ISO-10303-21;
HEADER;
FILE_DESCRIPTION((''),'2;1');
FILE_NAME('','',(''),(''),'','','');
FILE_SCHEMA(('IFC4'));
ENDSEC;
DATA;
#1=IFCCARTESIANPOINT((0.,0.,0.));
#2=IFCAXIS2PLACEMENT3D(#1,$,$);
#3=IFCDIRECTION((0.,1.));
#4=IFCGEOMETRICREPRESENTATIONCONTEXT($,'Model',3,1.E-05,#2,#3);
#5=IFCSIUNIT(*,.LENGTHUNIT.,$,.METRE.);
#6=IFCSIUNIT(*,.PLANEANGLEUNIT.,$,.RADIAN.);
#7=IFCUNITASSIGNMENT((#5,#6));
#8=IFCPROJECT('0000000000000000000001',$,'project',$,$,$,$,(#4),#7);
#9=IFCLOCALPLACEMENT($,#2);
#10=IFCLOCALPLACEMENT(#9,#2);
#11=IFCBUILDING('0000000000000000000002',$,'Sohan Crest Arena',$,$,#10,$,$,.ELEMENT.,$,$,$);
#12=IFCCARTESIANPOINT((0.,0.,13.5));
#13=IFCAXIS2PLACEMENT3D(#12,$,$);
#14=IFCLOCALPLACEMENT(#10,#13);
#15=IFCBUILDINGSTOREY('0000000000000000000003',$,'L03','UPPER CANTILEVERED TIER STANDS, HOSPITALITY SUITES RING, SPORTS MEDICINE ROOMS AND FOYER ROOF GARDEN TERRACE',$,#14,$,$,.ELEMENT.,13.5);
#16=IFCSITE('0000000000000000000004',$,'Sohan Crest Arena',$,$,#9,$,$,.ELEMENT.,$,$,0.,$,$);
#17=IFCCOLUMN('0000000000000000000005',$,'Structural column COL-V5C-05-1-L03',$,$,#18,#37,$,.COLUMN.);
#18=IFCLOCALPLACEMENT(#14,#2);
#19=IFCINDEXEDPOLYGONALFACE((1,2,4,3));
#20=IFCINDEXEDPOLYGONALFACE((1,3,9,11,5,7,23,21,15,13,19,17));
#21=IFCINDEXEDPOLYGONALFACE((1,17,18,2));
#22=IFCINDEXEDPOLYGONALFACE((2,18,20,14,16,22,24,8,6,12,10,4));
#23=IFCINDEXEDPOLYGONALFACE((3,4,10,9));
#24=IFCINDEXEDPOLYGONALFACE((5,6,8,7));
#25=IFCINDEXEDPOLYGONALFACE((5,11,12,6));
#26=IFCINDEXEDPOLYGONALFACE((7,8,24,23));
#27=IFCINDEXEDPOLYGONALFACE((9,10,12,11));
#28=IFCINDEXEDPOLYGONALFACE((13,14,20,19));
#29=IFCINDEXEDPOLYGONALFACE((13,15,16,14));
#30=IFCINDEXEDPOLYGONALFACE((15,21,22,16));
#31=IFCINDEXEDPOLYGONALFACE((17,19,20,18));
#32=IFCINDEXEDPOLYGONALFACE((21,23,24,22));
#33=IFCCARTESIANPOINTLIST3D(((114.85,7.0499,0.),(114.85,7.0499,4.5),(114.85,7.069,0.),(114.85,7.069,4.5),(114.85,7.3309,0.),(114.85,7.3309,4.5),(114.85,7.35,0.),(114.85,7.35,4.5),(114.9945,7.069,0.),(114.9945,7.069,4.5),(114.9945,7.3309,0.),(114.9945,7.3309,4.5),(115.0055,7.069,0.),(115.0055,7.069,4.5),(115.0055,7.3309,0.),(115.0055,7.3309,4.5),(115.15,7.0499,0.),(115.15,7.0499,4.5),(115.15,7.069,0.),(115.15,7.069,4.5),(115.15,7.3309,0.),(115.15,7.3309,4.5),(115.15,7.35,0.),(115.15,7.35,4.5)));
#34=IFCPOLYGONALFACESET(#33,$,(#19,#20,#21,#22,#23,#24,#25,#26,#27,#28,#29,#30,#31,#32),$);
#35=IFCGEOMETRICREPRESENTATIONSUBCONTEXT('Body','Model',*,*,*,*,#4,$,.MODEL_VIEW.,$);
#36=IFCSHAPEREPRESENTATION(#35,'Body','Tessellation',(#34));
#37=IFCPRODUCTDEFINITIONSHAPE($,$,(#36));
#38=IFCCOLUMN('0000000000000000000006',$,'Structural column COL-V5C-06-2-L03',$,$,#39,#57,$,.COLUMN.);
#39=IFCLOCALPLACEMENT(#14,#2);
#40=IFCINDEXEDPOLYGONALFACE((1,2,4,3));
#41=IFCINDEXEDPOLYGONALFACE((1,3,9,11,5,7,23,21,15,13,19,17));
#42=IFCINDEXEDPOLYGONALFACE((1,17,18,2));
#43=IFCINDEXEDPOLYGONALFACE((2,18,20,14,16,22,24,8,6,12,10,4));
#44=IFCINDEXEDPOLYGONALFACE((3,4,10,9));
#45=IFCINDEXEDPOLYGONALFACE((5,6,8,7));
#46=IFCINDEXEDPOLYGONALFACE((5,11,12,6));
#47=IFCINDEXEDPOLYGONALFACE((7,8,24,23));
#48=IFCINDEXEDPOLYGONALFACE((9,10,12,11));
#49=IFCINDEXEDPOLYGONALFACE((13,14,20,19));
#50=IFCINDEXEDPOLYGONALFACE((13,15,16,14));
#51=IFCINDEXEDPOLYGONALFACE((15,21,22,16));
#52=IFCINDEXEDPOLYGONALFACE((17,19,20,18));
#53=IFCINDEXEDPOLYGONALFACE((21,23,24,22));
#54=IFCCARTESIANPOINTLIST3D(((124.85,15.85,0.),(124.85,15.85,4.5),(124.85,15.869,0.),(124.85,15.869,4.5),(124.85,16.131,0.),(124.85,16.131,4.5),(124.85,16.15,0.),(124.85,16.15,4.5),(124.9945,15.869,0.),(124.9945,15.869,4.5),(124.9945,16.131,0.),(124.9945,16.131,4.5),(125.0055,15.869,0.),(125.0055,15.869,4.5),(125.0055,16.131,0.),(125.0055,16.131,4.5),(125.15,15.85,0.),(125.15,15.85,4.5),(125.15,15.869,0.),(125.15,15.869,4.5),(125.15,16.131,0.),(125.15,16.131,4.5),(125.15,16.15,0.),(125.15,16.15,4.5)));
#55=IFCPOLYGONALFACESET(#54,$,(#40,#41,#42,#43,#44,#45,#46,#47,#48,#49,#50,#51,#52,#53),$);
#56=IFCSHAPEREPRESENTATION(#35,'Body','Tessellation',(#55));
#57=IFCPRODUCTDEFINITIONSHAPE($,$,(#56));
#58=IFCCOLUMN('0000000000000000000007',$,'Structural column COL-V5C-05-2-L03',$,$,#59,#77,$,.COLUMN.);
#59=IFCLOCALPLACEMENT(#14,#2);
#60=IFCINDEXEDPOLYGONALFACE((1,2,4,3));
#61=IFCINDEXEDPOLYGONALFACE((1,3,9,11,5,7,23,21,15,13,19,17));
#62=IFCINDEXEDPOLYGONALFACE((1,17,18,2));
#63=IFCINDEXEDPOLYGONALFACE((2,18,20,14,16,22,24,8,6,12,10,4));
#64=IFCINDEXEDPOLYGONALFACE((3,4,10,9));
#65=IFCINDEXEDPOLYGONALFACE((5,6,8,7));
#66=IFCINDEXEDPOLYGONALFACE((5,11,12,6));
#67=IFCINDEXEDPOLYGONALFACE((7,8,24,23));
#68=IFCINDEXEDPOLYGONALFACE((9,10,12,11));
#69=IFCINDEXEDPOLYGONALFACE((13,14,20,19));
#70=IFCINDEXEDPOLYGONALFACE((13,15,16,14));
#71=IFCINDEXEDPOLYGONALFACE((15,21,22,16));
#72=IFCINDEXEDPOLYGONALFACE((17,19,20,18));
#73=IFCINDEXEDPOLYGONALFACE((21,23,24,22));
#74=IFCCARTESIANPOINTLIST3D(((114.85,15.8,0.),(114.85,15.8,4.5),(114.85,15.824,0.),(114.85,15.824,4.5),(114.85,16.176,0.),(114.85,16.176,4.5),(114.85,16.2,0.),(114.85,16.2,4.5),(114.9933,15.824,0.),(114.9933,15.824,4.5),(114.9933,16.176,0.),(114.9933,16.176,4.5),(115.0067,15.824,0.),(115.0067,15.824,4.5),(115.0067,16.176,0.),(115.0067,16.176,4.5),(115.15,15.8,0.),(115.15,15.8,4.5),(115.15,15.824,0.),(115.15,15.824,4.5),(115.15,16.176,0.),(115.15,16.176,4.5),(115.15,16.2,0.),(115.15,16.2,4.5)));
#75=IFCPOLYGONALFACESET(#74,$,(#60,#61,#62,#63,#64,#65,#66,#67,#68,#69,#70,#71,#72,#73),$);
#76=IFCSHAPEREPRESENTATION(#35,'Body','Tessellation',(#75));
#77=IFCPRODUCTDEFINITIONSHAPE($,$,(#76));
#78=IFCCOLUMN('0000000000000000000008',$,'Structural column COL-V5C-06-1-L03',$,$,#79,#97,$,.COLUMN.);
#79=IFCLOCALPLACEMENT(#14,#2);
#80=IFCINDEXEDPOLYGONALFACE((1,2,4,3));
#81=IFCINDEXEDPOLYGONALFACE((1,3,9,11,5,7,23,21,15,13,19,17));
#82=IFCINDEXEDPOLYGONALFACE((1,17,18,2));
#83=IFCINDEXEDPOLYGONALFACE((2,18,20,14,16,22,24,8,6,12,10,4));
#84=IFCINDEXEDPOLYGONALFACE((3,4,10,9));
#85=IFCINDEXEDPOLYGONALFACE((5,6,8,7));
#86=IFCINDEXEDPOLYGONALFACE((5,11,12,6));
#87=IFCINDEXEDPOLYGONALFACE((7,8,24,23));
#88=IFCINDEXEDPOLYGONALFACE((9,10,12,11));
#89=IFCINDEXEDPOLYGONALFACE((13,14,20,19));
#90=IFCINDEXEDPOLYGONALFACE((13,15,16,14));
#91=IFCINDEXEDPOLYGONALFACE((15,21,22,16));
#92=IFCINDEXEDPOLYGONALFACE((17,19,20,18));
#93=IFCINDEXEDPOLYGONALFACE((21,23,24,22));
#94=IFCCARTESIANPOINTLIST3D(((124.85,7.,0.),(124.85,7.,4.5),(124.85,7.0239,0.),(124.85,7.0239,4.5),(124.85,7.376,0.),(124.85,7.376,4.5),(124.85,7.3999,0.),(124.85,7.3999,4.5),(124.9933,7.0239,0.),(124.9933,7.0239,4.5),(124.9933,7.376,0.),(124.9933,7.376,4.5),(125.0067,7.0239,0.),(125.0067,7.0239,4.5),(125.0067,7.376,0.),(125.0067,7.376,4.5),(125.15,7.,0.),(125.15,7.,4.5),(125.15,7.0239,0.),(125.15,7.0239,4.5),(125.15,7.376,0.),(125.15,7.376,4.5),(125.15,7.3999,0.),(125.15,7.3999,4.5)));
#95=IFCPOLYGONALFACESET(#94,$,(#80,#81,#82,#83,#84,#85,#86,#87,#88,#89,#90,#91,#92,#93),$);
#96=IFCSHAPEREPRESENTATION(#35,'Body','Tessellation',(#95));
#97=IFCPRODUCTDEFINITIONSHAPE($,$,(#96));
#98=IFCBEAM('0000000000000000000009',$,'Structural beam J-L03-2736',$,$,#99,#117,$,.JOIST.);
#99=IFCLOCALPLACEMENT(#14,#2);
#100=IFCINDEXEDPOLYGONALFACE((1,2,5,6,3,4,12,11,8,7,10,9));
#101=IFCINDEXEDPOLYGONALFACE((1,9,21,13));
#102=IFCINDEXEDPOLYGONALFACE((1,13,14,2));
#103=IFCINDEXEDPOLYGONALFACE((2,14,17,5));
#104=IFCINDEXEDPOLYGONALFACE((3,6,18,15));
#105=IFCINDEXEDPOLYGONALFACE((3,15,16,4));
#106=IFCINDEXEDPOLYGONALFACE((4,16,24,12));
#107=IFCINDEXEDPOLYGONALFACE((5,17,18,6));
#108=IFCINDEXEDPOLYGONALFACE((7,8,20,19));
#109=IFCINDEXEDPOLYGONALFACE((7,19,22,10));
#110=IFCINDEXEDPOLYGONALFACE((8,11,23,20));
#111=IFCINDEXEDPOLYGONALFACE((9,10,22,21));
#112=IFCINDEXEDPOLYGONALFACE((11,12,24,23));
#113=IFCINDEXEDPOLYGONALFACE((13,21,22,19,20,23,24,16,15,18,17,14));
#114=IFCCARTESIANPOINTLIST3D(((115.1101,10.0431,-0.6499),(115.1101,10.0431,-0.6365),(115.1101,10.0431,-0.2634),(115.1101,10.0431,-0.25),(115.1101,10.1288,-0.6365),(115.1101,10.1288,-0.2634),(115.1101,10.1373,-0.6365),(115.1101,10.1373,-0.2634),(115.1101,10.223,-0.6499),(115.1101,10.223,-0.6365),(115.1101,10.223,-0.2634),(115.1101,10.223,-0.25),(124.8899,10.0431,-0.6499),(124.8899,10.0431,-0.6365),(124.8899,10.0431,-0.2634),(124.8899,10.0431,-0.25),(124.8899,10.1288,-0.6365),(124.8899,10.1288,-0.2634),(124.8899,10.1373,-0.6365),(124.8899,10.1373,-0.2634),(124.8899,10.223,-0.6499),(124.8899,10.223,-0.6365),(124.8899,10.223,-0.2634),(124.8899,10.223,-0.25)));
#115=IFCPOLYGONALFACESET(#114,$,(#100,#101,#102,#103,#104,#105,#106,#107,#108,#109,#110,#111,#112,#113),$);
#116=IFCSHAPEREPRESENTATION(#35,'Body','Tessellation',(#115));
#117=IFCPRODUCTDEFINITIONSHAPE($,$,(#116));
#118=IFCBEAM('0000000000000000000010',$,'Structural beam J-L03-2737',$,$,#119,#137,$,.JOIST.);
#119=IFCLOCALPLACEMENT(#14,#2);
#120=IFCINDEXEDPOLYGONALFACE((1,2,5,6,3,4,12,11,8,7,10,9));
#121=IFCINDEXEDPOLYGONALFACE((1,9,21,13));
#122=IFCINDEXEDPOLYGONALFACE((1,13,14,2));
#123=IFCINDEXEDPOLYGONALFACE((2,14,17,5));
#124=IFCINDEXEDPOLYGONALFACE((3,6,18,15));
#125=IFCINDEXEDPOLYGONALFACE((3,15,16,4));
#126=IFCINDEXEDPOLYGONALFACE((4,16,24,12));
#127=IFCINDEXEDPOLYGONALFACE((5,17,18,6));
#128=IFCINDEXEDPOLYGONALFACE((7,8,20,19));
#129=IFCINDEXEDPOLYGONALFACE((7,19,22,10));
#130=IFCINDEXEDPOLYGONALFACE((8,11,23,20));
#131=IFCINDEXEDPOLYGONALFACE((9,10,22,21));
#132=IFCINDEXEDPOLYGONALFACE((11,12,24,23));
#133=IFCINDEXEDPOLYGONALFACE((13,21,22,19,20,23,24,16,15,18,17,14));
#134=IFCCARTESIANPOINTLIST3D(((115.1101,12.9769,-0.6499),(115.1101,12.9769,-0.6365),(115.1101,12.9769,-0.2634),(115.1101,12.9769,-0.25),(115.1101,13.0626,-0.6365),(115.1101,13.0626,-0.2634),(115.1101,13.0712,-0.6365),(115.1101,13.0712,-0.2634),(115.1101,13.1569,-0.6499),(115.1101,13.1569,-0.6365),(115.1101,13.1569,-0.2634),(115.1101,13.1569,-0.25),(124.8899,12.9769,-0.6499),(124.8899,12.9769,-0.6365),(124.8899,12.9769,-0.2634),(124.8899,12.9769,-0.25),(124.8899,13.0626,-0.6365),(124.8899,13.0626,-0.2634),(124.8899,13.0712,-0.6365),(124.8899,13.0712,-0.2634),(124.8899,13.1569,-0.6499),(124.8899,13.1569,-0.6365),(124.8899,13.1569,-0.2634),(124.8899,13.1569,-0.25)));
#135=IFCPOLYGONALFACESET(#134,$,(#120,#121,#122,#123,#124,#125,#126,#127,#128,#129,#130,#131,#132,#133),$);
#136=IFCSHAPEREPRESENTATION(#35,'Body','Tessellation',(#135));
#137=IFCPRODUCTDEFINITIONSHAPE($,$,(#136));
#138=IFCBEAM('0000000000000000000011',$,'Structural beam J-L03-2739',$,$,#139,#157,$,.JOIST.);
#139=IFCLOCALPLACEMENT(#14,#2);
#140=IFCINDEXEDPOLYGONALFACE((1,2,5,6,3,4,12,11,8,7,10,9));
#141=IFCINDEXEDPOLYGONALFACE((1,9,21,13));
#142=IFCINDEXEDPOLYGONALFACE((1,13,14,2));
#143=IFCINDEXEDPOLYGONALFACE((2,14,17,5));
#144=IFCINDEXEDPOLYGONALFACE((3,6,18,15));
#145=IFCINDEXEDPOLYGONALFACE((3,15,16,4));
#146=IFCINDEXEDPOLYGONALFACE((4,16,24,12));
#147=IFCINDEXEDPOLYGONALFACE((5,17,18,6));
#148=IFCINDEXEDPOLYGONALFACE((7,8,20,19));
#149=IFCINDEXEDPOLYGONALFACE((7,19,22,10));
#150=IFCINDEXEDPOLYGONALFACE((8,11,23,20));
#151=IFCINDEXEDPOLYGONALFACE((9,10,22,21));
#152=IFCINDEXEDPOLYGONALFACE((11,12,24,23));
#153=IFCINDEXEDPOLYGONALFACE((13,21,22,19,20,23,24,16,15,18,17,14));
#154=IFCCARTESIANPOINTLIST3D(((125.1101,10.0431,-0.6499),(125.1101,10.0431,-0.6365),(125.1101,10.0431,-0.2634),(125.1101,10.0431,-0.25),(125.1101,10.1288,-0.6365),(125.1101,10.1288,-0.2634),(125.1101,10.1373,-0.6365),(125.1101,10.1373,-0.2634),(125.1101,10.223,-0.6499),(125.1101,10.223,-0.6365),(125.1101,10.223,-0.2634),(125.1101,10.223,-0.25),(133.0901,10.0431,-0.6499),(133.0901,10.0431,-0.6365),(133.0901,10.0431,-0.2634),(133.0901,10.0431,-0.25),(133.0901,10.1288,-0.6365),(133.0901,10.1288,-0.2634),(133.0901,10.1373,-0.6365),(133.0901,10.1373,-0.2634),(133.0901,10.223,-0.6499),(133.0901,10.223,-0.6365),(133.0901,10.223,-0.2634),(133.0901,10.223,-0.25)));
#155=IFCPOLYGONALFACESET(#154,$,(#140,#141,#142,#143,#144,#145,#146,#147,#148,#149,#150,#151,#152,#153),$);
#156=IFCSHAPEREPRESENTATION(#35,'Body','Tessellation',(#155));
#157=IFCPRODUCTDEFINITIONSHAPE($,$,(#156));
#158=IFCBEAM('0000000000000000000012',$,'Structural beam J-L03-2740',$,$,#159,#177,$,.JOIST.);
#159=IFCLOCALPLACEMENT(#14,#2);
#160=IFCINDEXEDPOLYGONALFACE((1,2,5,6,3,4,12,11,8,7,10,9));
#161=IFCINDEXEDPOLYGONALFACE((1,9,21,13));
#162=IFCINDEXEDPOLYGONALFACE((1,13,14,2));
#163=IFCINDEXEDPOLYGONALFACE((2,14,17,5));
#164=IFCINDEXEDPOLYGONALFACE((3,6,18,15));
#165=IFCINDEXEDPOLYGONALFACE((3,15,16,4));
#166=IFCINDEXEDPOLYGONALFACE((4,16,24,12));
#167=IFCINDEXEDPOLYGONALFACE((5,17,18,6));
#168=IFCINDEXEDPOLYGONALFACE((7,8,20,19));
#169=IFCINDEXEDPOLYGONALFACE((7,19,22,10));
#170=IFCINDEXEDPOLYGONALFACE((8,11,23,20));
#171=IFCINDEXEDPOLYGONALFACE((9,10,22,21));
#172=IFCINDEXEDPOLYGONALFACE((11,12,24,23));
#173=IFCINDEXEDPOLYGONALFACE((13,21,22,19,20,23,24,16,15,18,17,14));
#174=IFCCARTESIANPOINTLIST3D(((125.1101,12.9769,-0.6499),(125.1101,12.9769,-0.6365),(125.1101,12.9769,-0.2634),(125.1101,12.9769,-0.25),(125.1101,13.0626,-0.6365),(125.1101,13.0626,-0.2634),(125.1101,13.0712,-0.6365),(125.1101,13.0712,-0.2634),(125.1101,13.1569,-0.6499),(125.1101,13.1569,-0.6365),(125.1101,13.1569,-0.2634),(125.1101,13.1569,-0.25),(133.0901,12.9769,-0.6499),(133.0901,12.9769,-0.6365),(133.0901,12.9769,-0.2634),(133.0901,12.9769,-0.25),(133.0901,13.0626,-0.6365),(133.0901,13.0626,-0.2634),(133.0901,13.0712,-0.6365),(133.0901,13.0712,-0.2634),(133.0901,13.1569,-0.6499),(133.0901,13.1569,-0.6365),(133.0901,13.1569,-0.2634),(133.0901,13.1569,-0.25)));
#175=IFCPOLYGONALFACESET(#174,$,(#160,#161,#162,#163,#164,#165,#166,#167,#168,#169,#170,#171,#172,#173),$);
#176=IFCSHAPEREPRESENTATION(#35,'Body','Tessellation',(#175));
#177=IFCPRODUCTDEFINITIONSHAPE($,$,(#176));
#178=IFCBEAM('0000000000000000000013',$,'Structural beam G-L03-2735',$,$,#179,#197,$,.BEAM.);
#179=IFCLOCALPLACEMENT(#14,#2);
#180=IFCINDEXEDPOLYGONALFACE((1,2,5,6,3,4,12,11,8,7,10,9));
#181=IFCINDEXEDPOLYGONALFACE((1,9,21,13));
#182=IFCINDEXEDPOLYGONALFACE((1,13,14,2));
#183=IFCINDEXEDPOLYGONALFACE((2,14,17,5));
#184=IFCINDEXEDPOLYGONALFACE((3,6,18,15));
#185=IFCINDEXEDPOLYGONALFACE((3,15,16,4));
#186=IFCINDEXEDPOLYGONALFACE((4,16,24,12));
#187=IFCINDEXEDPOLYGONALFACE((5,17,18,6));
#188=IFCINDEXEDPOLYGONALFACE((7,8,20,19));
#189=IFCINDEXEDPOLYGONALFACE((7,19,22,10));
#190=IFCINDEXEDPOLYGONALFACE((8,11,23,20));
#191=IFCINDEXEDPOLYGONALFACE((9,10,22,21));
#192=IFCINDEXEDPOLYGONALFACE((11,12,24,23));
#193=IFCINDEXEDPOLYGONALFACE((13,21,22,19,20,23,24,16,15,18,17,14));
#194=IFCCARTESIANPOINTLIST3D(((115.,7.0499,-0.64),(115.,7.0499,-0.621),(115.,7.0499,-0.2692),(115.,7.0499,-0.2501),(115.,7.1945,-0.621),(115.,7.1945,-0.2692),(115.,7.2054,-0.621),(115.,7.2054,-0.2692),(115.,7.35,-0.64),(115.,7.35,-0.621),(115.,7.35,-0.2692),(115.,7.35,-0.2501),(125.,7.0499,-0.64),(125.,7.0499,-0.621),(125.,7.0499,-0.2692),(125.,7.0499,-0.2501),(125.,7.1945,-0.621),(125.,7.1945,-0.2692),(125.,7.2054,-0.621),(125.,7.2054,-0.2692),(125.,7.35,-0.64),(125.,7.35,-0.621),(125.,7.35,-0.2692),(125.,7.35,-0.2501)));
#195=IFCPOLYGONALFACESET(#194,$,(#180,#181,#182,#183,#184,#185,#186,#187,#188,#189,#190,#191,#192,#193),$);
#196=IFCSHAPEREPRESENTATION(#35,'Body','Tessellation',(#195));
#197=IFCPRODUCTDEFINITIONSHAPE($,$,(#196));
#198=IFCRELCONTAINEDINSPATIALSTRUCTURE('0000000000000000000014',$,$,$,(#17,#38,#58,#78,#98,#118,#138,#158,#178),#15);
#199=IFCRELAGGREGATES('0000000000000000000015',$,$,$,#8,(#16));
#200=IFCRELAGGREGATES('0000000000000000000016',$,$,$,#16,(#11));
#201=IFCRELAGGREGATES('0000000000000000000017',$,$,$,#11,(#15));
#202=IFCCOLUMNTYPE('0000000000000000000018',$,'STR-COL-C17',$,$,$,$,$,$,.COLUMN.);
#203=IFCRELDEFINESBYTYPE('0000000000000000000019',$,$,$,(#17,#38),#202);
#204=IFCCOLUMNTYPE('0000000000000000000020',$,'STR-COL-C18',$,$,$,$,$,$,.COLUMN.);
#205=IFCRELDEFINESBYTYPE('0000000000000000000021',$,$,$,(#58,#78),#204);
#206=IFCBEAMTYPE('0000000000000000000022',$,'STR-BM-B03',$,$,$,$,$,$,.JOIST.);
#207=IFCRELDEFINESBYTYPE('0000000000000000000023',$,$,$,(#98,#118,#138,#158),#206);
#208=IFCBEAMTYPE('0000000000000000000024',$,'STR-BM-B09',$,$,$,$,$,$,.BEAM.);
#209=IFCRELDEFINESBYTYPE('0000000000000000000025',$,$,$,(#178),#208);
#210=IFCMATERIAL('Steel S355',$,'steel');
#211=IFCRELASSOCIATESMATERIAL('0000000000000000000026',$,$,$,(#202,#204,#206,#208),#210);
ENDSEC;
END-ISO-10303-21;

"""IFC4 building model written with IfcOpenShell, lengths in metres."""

from ifc_helpers import new_model, si_unit, direction, frame, origin, origin_2d, place, context, subcontext, project, spatial, i_section, extrude, material, material_profile, profile_set, type_object, element, save


model = new_model("IFC4")

# Units and contexts
model_context = context("Model", 3, precision=1e-05, world=origin(), true_north=direction((0.0, 1.0)))
body_context = subcontext(model_context, "Body", "Model", "MODEL_VIEW")
ifc_project = project(units=[si_unit("LENGTHUNIT", "METRE"), si_unit("PLANEANGLEUNIT", "RADIAN")], contexts=[model_context])

# Site, building, storey
site_placement = place(None, origin())
site = spatial("IfcSite", under=ifc_project, at=site_placement, Name="Sohan Crest Arena", CompositionType="ELEMENT", RefElevation=0.0)
building_placement = place(site_placement, origin())
building = spatial("IfcBuilding", under=site, at=building_placement, Name="Sohan Crest Arena", CompositionType="ELEMENT")
storey_placement = place(building_placement, frame((0.0, 0.0, 13.5)))
storey = spatial("IfcBuildingStorey", under=building, at=storey_placement, Name="L03", Description="UPPER CANTILEVERED TIER STANDS, HOSPITALITY SUITES RING, SPORTS MEDICINE ROOMS AND FOYER ROOF GARDEN TERRACE", CompositionType="ELEMENT", Elevation=13.5)

# Columns
ifc_material_1 = material(Name="Steel S355", Category="steel")
ifc_material_profile_1 = material_profile(ifc_material_1, i_section(OverallWidth=0.3, OverallDepth=0.3, WebThickness=0.011, FlangeThickness=0.019, at=origin_2d()), Name="HEB 300")
ifc_profile_set_1 = profile_set([ifc_material_profile_1], Name="Steel S355")
column_type_1 = type_object("IfcColumnType", Name="STR-COL-C17", PredefinedType="COLUMN", material=ifc_profile_set_1)
for number, where, z_axis, x_axis, name in (
    (1, (115.0, 7.2, 0.0), (0.0, 0.0, 1.0), (1.0, 0.0, 0.0), "Structural column COL-V5C-05-1-L03"),
    (2, (125.0, 16.0, 0.0), (0.0, 0.0, 1.0), (1.0, 0.0, 0.0), "Structural column COL-V5C-06-2-L03"),
):
    element("IfcColumn", number, at=place(storey_placement, frame(where, z_axis=z_axis, x_axis=x_axis)), inside=storey, type_object=column_type_1, Name=name, PredefinedType="COLUMN", context=body_context, shape_type="SweptSolid", body=[
        extrude(i_section(OverallWidth=0.3, OverallDepth=0.3, WebThickness=0.011, FlangeThickness=0.019, at=origin_2d()), origin(), (0.0, 0.0, 1.0), 4.5),
    ])
ifc_material_profile_2 = material_profile(ifc_material_1, i_section(OverallWidth=0.3, OverallDepth=0.3999, WebThickness=0.0134, FlangeThickness=0.0239, at=origin_2d()), Name="HEB 400")
ifc_profile_set_2 = profile_set([ifc_material_profile_2], Name="Steel S355")
column_type_2 = type_object("IfcColumnType", Name="STR-COL-C18", PredefinedType="COLUMN", material=ifc_profile_set_2)
for number, where, z_axis, x_axis, name in (
    (3, (115.0, 16.0, 0.0), (0.0, 0.0, 1.0), (1.0, 0.0, 0.0), "Structural column COL-V5C-05-2-L03"),
    (4, (125.0, 7.2, 0.0), (0.0, 0.0, 1.0), (1.0, 0.0, 0.0), "Structural column COL-V5C-06-1-L03"),
):
    element("IfcColumn", number, at=place(storey_placement, frame(where, z_axis=z_axis, x_axis=x_axis)), inside=storey, type_object=column_type_2, Name=name, PredefinedType="COLUMN", context=body_context, shape_type="SweptSolid", body=[
        extrude(i_section(OverallWidth=0.3, OverallDepth=0.3999, WebThickness=0.0134, FlangeThickness=0.0239, at=origin_2d()), origin(), (0.0, 0.0, 1.0), 4.5),
    ])

# Beams
ifc_material_profile_3 = material_profile(ifc_material_1, i_section(OverallWidth=0.1799, OverallDepth=0.3999, WebThickness=0.0085, FlangeThickness=0.0134, at=origin_2d()), Name="IPE 400")
ifc_profile_set_3 = profile_set([ifc_material_profile_3], Name="Steel S355")
beam_type_1 = type_object("IfcBeamType", Name="STR-BM-B03", PredefinedType="JOIST", material=ifc_profile_set_3)
for number, where, z_axis, x_axis, name in (
    (5, (115.1101, 10.1331, -0.45), (1.0, 0.0, 0.0), (0.0, 1.0, 0.0), "Structural beam J-L03-2736"),
    (6, (115.1101, 13.0669, -0.45), (1.0, 0.0, 0.0), (0.0, 1.0, 0.0), "Structural beam J-L03-2737"),
):
    element("IfcBeam", number, at=place(storey_placement, frame(where, z_axis=z_axis, x_axis=x_axis)), inside=storey, type_object=beam_type_1, Name=name, PredefinedType="JOIST", context=body_context, shape_type="SweptSolid", body=[
        extrude(i_section(OverallWidth=0.1799, OverallDepth=0.3999, WebThickness=0.0085, FlangeThickness=0.0134, at=origin_2d()), origin(), (0.0, 0.0, 1.0), 9.7798),
    ])
for number, where, z_axis, x_axis, name in (
    (7, (125.1101, 10.1331, -0.45), (1.0, 0.0, 0.0), (0.0, 1.0, 0.0), "Structural beam J-L03-2739"),
    (8, (125.1101, 13.0669, -0.45), (1.0, 0.0, 0.0), (0.0, 1.0, 0.0), "Structural beam J-L03-2740"),
):
    element("IfcBeam", number, at=place(storey_placement, frame(where, z_axis=z_axis, x_axis=x_axis)), inside=storey, type_object=beam_type_1, Name=name, PredefinedType="JOIST", context=body_context, shape_type="SweptSolid", body=[
        extrude(i_section(OverallWidth=0.1799, OverallDepth=0.3999, WebThickness=0.0085, FlangeThickness=0.0134, at=origin_2d()), origin(), (0.0, 0.0, 1.0), 7.98),
    ])
ifc_material_profile_4 = material_profile(ifc_material_1, i_section(OverallWidth=0.3, OverallDepth=0.3899, WebThickness=0.011, FlangeThickness=0.019, at=origin_2d()), Name="HEA 400")
ifc_profile_set_4 = profile_set([ifc_material_profile_4], Name="Steel S355")
beam_type_2 = type_object("IfcBeamType", Name="STR-BM-B09", PredefinedType="BEAM", material=ifc_profile_set_4)
beam_1_placement = place(storey_placement, frame((115.0, 7.2, -0.4451), z_axis=(1.0, 0.0, 0.0), x_axis=(0.0, 1.0, 0.0)))
element("IfcBeam", 9, at=beam_1_placement, inside=storey, type_object=beam_type_2, Name="Structural beam G-L03-2735", PredefinedType="BEAM", context=body_context, shape_type="SweptSolid", body=[
    extrude(i_section(OverallWidth=0.3, OverallDepth=0.3899, WebThickness=0.011, FlangeThickness=0.019, at=origin_2d()), origin(), (0.0, 0.0, 1.0), 10.0),
])

save(model, "model.ifc")
